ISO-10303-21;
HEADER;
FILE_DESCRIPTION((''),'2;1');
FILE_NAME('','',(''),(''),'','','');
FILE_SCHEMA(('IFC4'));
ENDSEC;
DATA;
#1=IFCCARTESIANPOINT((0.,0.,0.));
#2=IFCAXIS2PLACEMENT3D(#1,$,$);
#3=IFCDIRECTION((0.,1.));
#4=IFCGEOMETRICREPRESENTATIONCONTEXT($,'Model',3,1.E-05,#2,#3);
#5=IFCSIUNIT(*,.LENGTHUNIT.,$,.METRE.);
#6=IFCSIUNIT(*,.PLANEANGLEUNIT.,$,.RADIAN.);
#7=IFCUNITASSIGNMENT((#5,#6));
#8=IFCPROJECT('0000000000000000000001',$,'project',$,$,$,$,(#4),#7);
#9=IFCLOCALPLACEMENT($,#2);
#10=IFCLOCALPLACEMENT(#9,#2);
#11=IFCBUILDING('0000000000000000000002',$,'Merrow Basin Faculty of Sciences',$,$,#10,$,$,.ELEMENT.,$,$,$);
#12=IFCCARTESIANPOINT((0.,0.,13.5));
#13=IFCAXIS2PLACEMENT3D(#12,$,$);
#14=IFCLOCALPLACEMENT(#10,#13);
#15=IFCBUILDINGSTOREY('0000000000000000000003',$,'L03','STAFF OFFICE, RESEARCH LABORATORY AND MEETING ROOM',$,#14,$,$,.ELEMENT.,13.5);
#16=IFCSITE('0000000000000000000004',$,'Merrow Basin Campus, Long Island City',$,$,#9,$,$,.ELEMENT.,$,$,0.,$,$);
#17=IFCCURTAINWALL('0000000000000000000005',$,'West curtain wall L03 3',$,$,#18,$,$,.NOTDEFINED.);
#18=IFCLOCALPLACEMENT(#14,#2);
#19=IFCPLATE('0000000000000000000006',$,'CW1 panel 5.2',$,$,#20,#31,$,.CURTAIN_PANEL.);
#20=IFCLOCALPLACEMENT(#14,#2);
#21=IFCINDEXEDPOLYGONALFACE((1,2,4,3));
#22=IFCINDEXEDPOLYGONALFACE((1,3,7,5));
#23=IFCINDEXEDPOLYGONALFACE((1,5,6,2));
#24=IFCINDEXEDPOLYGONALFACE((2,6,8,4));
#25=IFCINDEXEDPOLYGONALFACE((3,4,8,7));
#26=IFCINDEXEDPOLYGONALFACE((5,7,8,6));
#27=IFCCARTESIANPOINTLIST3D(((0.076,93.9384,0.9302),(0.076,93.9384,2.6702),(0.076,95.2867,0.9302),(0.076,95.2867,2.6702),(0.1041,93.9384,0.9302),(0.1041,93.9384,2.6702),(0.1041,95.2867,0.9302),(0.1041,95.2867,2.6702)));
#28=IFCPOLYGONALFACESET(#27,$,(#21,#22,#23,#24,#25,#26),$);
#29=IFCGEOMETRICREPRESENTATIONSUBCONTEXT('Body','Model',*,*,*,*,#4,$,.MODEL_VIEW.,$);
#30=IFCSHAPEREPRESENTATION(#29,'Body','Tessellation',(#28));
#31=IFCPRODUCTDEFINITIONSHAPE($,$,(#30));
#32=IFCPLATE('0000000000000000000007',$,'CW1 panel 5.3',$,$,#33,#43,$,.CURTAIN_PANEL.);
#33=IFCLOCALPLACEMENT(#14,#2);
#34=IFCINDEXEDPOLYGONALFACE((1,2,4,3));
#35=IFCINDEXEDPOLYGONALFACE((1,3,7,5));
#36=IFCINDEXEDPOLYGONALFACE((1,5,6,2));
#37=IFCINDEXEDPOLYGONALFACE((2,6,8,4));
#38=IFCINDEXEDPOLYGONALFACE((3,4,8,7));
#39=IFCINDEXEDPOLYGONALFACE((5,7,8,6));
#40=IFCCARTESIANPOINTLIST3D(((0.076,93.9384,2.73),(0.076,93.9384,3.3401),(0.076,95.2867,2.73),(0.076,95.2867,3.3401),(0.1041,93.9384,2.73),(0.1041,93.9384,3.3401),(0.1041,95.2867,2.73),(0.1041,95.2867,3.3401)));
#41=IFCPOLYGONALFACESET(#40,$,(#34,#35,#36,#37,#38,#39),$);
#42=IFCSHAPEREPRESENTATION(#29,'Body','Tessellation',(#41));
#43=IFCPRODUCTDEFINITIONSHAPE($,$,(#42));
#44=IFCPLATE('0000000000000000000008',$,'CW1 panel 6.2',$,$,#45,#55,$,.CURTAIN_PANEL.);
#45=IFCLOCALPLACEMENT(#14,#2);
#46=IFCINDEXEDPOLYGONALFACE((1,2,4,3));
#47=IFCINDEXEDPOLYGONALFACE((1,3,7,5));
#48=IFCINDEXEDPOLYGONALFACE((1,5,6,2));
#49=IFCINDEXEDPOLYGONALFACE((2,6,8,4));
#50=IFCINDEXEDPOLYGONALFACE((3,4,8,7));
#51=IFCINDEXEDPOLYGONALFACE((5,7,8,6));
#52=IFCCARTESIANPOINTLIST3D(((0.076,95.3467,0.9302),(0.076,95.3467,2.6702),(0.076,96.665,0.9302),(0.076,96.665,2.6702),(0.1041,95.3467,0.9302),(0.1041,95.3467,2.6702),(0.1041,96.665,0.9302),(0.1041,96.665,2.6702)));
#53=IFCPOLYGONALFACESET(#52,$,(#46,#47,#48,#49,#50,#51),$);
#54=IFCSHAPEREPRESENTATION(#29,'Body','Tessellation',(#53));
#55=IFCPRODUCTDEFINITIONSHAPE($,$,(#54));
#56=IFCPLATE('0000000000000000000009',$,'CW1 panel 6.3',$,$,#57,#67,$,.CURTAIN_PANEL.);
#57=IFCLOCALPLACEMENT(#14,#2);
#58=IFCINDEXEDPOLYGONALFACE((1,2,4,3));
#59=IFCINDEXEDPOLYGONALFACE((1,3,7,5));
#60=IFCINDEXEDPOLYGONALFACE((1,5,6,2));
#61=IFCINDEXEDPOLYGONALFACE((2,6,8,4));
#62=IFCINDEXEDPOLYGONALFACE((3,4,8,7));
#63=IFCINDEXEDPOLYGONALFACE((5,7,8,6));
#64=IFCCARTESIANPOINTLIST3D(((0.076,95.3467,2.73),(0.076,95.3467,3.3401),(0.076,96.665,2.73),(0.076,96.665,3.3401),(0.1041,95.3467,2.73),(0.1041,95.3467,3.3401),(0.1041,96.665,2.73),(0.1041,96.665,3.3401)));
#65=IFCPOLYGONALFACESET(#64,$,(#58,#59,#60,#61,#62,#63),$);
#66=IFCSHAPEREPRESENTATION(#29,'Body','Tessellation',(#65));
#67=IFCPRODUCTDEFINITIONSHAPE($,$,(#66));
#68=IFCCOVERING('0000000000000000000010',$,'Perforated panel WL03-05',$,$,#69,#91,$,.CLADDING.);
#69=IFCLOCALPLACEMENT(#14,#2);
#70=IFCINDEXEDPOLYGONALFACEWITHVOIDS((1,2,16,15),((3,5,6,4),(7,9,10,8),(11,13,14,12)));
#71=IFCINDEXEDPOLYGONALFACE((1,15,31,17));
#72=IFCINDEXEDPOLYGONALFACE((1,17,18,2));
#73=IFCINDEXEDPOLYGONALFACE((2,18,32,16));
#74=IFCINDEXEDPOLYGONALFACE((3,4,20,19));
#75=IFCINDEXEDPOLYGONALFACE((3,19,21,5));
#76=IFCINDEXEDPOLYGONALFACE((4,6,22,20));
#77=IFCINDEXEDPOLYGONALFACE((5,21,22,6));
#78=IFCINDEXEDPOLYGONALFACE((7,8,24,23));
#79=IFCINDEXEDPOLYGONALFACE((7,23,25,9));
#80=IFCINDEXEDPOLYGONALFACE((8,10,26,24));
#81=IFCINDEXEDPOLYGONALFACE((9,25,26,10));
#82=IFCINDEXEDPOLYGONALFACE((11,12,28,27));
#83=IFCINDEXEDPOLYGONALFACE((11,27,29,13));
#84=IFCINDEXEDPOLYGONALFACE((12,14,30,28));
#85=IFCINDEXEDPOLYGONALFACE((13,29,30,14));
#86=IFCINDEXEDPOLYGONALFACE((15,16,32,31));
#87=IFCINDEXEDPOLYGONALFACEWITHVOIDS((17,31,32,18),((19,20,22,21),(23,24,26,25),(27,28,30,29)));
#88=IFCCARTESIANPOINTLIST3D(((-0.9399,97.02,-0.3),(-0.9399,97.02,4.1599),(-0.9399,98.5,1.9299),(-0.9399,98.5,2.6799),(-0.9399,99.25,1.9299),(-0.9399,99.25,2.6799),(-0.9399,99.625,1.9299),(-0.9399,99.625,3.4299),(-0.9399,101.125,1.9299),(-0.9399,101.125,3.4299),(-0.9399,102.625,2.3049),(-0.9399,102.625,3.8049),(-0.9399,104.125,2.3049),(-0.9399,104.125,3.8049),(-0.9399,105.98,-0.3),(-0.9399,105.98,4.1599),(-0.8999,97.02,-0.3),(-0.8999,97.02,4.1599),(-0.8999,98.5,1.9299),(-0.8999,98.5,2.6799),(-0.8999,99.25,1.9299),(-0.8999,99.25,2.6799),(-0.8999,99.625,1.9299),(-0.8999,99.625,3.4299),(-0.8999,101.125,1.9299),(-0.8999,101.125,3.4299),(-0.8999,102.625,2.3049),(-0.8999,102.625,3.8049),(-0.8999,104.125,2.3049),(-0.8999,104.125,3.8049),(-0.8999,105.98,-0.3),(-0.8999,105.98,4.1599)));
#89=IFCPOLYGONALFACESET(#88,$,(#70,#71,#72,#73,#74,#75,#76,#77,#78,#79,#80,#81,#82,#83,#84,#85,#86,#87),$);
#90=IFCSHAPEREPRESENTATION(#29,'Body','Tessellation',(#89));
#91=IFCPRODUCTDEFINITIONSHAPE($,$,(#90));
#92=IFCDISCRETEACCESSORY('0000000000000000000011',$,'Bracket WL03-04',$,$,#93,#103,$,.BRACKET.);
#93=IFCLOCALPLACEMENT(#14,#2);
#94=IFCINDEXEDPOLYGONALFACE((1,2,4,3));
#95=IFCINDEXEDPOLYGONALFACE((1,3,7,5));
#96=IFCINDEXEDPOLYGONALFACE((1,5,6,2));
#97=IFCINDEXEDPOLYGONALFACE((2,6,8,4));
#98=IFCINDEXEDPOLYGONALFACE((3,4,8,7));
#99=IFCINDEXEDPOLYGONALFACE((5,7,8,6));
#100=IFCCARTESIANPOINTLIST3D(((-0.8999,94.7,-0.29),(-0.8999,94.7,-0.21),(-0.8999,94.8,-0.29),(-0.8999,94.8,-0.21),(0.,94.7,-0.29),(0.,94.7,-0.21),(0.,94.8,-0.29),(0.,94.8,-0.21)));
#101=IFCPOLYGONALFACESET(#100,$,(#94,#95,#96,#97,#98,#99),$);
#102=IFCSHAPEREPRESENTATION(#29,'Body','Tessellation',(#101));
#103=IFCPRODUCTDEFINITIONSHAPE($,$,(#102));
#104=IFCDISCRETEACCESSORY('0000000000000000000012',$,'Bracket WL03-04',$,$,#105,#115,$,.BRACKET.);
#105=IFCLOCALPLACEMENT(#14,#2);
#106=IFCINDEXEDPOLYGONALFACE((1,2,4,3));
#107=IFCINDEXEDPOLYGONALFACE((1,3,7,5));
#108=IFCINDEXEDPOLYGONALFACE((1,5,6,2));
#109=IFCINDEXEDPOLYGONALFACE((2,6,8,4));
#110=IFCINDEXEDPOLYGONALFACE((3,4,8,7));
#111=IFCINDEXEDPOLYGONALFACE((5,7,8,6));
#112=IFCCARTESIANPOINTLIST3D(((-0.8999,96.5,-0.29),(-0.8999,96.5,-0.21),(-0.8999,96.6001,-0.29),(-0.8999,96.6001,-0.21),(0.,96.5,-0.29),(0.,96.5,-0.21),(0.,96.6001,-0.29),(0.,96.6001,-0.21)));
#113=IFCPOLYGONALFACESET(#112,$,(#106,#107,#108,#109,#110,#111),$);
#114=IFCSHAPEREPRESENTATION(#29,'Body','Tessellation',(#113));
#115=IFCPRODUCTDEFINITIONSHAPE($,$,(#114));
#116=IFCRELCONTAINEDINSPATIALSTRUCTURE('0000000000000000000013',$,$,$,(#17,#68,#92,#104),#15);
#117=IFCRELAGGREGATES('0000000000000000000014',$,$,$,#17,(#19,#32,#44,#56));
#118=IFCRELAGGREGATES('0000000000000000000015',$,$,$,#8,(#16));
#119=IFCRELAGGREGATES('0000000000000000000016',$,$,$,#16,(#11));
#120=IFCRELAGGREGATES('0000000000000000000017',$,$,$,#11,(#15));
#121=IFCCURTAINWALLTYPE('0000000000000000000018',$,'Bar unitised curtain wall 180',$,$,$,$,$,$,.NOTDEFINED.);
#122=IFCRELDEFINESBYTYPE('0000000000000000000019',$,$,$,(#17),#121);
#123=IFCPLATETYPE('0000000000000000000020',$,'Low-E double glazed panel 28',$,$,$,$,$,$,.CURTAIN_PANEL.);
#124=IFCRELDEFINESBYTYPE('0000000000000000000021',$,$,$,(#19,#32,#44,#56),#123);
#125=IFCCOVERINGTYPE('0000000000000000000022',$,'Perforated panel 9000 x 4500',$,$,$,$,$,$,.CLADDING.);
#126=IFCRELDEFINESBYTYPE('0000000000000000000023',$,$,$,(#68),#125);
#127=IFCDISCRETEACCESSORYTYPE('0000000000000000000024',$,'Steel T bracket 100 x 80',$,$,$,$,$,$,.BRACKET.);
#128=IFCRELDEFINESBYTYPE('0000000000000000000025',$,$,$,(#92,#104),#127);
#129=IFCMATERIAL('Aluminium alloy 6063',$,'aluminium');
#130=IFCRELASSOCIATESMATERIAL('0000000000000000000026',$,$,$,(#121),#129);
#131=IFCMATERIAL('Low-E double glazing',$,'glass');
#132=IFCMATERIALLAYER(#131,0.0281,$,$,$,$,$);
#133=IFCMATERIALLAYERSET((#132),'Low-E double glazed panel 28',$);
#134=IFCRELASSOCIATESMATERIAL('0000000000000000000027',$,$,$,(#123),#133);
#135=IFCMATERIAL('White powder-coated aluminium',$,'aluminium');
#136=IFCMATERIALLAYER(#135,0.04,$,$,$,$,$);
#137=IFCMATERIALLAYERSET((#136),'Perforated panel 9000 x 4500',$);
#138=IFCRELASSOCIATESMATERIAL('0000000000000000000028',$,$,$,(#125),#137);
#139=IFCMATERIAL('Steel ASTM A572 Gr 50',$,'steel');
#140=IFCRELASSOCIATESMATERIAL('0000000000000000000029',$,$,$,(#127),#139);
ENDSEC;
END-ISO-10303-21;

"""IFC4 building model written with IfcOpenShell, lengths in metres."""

from ifc_helpers import new_model, si_unit, direction, frame, origin, origin_2d, place, context, subcontext, project, spatial, polyline, rectangle, outline, extrude, source, transform, mapped, material, layer, layer_set, type_object, element, aggregate, save


model = new_model("IFC4")

# Units and contexts
model_context = context("Model", 3, precision=1e-05, world=origin(), true_north=direction((0.0, 1.0)))
body_context = subcontext(model_context, "Body", "Model", "MODEL_VIEW")
ifc_project = project(units=[si_unit("LENGTHUNIT", "METRE"), si_unit("PLANEANGLEUNIT", "RADIAN")], contexts=[model_context])

# Site, building, storey
site_placement = place(None, origin())
site = spatial("IfcSite", under=ifc_project, at=site_placement, Name="Merrow Basin Campus, Long Island City", CompositionType="ELEMENT", RefElevation=0.0)
building_placement = place(site_placement, origin())
building = spatial("IfcBuilding", under=site, at=building_placement, Name="Merrow Basin Faculty of Sciences", CompositionType="ELEMENT")
storey_placement = place(building_placement, frame((0.0, 0.0, 13.5)))
storey = spatial("IfcBuildingStorey", under=building, at=storey_placement, Name="L03", Description="STAFF OFFICE, RESEARCH LABORATORY AND MEETING ROOM", CompositionType="ELEMENT", Elevation=13.5)

# Curtain wall
ifc_material_1 = material(Name="Aluminium alloy 6063", Category="aluminium")
curtain_wall_type = type_object("IfcCurtainWallType", Name="Bar unitised curtain wall 180", PredefinedType="NOTDEFINED", material=ifc_material_1)
curtain_wall_1_placement = place(storey_placement, origin())
curtain_wall_1 = element("IfcCurtainWall", 1, at=curtain_wall_1_placement, inside=storey, type_object=curtain_wall_type, Name="West curtain wall L03 3", PredefinedType="NOTDEFINED")

# Plates
ifc_material_2 = material(Name="Low-E double glazing", Category="glass")
ifc_layer_1 = layer(ifc_material_2, 0.0281)
ifc_layer_set_1 = layer_set([ifc_layer_1], Name="Low-E double glazed panel 28")
plate_type_1 = type_object("IfcPlateType", Name="Low-E double glazed panel 28", PredefinedType="CURTAIN_PANEL", material=ifc_layer_set_1)
plate_1_placement = place(storey_placement, frame((0.0901, 94.6125, 0.9302), z_axis=(0.0, 0.0, 1.0), x_axis=(0.0, 1.0, 0.0)))
plate_1 = element("IfcPlate", 2, at=plate_1_placement, type_object=plate_type_1, Name="CW1 panel 5.2", PredefinedType="CURTAIN_PANEL", context=body_context, shape_type="SweptSolid", body=[
    extrude(rectangle(XDim=1.3484, YDim=0.0281, at=origin_2d()), origin(), (0.0, 0.0, 1.0), 1.74),
])
plate_2_placement = place(storey_placement, frame((0.0901, 94.6125, 2.73), z_axis=(0.0, 0.0, 1.0), x_axis=(0.0, 1.0, 0.0)))
plate_2 = element("IfcPlate", 3, at=plate_2_placement, type_object=plate_type_1, Name="CW1 panel 5.3", PredefinedType="CURTAIN_PANEL", context=body_context, shape_type="SweptSolid", body=[
    extrude(rectangle(XDim=1.3484, YDim=0.0281, at=origin_2d()), origin(), (0.0, 0.0, 1.0), 0.6101),
])
plate_3_placement = place(storey_placement, frame((0.0901, 96.0059, 0.9302), z_axis=(0.0, 0.0, 1.0), x_axis=(0.0, 1.0, 0.0)))
plate_3 = element("IfcPlate", 4, at=plate_3_placement, type_object=plate_type_1, Name="CW1 panel 6.2", PredefinedType="CURTAIN_PANEL", context=body_context, shape_type="SweptSolid", body=[
    extrude(rectangle(XDim=1.3184, YDim=0.0281, at=origin_2d()), origin(), (0.0, 0.0, 1.0), 1.74),
])
plate_4_placement = place(storey_placement, frame((0.0901, 96.0059, 2.73), z_axis=(0.0, 0.0, 1.0), x_axis=(0.0, 1.0, 0.0)))
plate_4 = element("IfcPlate", 5, at=plate_4_placement, type_object=plate_type_1, Name="CW1 panel 6.3", PredefinedType="CURTAIN_PANEL", context=body_context, shape_type="SweptSolid", body=[
    extrude(rectangle(XDim=1.3184, YDim=0.0281, at=origin_2d()), origin(), (0.0, 0.0, 1.0), 0.6101),
])
aggregate(curtain_wall_1, [plate_1, plate_2, plate_3, plate_4])

# Covering
ifc_material_3 = material(Name="White powder-coated aluminium", Category="aluminium")
ifc_layer_2 = layer(ifc_material_3, 0.04)
ifc_layer_set_2 = layer_set([ifc_layer_2], Name="Perforated panel 9000 x 4500")
covering_type = type_object("IfcCoveringType", Name="Perforated panel 9000 x 4500", PredefinedType="CLADDING", material=ifc_layer_set_2)
shared_shape_1 = source(origin(), body_context, "Body", "SweptSolid", [
    extrude(outline(polyline([(0.02, 0.02), (8.98, 0.02), (8.98, 4.48), (0.02, 4.48), (0.02, 0.02)]), holes=[polyline([(1.5, 2.25), (2.25, 2.25), (2.25, 3.0), (1.5, 3.0), (1.5, 2.25)]), polyline([(2.625, 2.25), (4.125, 2.25), (4.125, 3.75), (2.625, 3.75), (2.625, 2.25)]), polyline([(5.625, 2.625), (7.125, 2.625), (7.125, 4.125), (5.625, 4.125), (5.625, 2.625)])]), origin(), (0.0, 0.0, 1.0), 0.04),
])
covering_placement = place(storey_placement, frame((-0.9399, 97.0, -0.3201), z_axis=(1.0, 0.0, 0.0), x_axis=(0.0, 1.0, 0.0)))
element("IfcCovering", 6, at=covering_placement, inside=storey, type_object=covering_type, Name="Perforated panel WL03-05", PredefinedType="CLADDING", context=body_context, shape_type="MappedRepresentation", body=[
    mapped(shared_shape_1, transform((0.0, 0.0, 0.0), scale=1.0)),
])

# Discrete accessories
ifc_material_4 = material(Name="Steel ASTM A572 Gr 50", Category="steel")
discrete_accessory_type = type_object("IfcDiscreteAccessoryType", Name="Steel T bracket 100 x 80", PredefinedType="BRACKET", material=ifc_material_4)
shared_shape_2 = source(origin(), body_context, "Body", "SweptSolid", [
    extrude(outline(polyline([(0.0, 0.0), (0.1001, 0.0), (0.1001, 0.0801), (0.0, 0.0801), (0.0, 0.0)])), origin(), (0.0, 0.0, 1.0), 0.8999),
])
for number, where, z_axis, x_axis, name in (
    (7, (-0.8999, 94.7, -0.29), (1.0, 0.0, 0.0), (0.0, 1.0, 0.0), "Bracket WL03-04"),
    (8, (-0.8999, 96.5, -0.29), (1.0, 0.0, 0.0), (0.0, 1.0, 0.0), "Bracket WL03-04"),
):
    element("IfcDiscreteAccessory", number, at=place(storey_placement, frame(where, z_axis=z_axis, x_axis=x_axis)), inside=storey, type_object=discrete_accessory_type, Name=name, PredefinedType="BRACKET", context=body_context, shape_type="MappedRepresentation", body=[
        mapped(shared_shape_2, transform((0.0, 0.0, 0.0), scale=1.0)),
    ])

save(model, "model.ifc")
